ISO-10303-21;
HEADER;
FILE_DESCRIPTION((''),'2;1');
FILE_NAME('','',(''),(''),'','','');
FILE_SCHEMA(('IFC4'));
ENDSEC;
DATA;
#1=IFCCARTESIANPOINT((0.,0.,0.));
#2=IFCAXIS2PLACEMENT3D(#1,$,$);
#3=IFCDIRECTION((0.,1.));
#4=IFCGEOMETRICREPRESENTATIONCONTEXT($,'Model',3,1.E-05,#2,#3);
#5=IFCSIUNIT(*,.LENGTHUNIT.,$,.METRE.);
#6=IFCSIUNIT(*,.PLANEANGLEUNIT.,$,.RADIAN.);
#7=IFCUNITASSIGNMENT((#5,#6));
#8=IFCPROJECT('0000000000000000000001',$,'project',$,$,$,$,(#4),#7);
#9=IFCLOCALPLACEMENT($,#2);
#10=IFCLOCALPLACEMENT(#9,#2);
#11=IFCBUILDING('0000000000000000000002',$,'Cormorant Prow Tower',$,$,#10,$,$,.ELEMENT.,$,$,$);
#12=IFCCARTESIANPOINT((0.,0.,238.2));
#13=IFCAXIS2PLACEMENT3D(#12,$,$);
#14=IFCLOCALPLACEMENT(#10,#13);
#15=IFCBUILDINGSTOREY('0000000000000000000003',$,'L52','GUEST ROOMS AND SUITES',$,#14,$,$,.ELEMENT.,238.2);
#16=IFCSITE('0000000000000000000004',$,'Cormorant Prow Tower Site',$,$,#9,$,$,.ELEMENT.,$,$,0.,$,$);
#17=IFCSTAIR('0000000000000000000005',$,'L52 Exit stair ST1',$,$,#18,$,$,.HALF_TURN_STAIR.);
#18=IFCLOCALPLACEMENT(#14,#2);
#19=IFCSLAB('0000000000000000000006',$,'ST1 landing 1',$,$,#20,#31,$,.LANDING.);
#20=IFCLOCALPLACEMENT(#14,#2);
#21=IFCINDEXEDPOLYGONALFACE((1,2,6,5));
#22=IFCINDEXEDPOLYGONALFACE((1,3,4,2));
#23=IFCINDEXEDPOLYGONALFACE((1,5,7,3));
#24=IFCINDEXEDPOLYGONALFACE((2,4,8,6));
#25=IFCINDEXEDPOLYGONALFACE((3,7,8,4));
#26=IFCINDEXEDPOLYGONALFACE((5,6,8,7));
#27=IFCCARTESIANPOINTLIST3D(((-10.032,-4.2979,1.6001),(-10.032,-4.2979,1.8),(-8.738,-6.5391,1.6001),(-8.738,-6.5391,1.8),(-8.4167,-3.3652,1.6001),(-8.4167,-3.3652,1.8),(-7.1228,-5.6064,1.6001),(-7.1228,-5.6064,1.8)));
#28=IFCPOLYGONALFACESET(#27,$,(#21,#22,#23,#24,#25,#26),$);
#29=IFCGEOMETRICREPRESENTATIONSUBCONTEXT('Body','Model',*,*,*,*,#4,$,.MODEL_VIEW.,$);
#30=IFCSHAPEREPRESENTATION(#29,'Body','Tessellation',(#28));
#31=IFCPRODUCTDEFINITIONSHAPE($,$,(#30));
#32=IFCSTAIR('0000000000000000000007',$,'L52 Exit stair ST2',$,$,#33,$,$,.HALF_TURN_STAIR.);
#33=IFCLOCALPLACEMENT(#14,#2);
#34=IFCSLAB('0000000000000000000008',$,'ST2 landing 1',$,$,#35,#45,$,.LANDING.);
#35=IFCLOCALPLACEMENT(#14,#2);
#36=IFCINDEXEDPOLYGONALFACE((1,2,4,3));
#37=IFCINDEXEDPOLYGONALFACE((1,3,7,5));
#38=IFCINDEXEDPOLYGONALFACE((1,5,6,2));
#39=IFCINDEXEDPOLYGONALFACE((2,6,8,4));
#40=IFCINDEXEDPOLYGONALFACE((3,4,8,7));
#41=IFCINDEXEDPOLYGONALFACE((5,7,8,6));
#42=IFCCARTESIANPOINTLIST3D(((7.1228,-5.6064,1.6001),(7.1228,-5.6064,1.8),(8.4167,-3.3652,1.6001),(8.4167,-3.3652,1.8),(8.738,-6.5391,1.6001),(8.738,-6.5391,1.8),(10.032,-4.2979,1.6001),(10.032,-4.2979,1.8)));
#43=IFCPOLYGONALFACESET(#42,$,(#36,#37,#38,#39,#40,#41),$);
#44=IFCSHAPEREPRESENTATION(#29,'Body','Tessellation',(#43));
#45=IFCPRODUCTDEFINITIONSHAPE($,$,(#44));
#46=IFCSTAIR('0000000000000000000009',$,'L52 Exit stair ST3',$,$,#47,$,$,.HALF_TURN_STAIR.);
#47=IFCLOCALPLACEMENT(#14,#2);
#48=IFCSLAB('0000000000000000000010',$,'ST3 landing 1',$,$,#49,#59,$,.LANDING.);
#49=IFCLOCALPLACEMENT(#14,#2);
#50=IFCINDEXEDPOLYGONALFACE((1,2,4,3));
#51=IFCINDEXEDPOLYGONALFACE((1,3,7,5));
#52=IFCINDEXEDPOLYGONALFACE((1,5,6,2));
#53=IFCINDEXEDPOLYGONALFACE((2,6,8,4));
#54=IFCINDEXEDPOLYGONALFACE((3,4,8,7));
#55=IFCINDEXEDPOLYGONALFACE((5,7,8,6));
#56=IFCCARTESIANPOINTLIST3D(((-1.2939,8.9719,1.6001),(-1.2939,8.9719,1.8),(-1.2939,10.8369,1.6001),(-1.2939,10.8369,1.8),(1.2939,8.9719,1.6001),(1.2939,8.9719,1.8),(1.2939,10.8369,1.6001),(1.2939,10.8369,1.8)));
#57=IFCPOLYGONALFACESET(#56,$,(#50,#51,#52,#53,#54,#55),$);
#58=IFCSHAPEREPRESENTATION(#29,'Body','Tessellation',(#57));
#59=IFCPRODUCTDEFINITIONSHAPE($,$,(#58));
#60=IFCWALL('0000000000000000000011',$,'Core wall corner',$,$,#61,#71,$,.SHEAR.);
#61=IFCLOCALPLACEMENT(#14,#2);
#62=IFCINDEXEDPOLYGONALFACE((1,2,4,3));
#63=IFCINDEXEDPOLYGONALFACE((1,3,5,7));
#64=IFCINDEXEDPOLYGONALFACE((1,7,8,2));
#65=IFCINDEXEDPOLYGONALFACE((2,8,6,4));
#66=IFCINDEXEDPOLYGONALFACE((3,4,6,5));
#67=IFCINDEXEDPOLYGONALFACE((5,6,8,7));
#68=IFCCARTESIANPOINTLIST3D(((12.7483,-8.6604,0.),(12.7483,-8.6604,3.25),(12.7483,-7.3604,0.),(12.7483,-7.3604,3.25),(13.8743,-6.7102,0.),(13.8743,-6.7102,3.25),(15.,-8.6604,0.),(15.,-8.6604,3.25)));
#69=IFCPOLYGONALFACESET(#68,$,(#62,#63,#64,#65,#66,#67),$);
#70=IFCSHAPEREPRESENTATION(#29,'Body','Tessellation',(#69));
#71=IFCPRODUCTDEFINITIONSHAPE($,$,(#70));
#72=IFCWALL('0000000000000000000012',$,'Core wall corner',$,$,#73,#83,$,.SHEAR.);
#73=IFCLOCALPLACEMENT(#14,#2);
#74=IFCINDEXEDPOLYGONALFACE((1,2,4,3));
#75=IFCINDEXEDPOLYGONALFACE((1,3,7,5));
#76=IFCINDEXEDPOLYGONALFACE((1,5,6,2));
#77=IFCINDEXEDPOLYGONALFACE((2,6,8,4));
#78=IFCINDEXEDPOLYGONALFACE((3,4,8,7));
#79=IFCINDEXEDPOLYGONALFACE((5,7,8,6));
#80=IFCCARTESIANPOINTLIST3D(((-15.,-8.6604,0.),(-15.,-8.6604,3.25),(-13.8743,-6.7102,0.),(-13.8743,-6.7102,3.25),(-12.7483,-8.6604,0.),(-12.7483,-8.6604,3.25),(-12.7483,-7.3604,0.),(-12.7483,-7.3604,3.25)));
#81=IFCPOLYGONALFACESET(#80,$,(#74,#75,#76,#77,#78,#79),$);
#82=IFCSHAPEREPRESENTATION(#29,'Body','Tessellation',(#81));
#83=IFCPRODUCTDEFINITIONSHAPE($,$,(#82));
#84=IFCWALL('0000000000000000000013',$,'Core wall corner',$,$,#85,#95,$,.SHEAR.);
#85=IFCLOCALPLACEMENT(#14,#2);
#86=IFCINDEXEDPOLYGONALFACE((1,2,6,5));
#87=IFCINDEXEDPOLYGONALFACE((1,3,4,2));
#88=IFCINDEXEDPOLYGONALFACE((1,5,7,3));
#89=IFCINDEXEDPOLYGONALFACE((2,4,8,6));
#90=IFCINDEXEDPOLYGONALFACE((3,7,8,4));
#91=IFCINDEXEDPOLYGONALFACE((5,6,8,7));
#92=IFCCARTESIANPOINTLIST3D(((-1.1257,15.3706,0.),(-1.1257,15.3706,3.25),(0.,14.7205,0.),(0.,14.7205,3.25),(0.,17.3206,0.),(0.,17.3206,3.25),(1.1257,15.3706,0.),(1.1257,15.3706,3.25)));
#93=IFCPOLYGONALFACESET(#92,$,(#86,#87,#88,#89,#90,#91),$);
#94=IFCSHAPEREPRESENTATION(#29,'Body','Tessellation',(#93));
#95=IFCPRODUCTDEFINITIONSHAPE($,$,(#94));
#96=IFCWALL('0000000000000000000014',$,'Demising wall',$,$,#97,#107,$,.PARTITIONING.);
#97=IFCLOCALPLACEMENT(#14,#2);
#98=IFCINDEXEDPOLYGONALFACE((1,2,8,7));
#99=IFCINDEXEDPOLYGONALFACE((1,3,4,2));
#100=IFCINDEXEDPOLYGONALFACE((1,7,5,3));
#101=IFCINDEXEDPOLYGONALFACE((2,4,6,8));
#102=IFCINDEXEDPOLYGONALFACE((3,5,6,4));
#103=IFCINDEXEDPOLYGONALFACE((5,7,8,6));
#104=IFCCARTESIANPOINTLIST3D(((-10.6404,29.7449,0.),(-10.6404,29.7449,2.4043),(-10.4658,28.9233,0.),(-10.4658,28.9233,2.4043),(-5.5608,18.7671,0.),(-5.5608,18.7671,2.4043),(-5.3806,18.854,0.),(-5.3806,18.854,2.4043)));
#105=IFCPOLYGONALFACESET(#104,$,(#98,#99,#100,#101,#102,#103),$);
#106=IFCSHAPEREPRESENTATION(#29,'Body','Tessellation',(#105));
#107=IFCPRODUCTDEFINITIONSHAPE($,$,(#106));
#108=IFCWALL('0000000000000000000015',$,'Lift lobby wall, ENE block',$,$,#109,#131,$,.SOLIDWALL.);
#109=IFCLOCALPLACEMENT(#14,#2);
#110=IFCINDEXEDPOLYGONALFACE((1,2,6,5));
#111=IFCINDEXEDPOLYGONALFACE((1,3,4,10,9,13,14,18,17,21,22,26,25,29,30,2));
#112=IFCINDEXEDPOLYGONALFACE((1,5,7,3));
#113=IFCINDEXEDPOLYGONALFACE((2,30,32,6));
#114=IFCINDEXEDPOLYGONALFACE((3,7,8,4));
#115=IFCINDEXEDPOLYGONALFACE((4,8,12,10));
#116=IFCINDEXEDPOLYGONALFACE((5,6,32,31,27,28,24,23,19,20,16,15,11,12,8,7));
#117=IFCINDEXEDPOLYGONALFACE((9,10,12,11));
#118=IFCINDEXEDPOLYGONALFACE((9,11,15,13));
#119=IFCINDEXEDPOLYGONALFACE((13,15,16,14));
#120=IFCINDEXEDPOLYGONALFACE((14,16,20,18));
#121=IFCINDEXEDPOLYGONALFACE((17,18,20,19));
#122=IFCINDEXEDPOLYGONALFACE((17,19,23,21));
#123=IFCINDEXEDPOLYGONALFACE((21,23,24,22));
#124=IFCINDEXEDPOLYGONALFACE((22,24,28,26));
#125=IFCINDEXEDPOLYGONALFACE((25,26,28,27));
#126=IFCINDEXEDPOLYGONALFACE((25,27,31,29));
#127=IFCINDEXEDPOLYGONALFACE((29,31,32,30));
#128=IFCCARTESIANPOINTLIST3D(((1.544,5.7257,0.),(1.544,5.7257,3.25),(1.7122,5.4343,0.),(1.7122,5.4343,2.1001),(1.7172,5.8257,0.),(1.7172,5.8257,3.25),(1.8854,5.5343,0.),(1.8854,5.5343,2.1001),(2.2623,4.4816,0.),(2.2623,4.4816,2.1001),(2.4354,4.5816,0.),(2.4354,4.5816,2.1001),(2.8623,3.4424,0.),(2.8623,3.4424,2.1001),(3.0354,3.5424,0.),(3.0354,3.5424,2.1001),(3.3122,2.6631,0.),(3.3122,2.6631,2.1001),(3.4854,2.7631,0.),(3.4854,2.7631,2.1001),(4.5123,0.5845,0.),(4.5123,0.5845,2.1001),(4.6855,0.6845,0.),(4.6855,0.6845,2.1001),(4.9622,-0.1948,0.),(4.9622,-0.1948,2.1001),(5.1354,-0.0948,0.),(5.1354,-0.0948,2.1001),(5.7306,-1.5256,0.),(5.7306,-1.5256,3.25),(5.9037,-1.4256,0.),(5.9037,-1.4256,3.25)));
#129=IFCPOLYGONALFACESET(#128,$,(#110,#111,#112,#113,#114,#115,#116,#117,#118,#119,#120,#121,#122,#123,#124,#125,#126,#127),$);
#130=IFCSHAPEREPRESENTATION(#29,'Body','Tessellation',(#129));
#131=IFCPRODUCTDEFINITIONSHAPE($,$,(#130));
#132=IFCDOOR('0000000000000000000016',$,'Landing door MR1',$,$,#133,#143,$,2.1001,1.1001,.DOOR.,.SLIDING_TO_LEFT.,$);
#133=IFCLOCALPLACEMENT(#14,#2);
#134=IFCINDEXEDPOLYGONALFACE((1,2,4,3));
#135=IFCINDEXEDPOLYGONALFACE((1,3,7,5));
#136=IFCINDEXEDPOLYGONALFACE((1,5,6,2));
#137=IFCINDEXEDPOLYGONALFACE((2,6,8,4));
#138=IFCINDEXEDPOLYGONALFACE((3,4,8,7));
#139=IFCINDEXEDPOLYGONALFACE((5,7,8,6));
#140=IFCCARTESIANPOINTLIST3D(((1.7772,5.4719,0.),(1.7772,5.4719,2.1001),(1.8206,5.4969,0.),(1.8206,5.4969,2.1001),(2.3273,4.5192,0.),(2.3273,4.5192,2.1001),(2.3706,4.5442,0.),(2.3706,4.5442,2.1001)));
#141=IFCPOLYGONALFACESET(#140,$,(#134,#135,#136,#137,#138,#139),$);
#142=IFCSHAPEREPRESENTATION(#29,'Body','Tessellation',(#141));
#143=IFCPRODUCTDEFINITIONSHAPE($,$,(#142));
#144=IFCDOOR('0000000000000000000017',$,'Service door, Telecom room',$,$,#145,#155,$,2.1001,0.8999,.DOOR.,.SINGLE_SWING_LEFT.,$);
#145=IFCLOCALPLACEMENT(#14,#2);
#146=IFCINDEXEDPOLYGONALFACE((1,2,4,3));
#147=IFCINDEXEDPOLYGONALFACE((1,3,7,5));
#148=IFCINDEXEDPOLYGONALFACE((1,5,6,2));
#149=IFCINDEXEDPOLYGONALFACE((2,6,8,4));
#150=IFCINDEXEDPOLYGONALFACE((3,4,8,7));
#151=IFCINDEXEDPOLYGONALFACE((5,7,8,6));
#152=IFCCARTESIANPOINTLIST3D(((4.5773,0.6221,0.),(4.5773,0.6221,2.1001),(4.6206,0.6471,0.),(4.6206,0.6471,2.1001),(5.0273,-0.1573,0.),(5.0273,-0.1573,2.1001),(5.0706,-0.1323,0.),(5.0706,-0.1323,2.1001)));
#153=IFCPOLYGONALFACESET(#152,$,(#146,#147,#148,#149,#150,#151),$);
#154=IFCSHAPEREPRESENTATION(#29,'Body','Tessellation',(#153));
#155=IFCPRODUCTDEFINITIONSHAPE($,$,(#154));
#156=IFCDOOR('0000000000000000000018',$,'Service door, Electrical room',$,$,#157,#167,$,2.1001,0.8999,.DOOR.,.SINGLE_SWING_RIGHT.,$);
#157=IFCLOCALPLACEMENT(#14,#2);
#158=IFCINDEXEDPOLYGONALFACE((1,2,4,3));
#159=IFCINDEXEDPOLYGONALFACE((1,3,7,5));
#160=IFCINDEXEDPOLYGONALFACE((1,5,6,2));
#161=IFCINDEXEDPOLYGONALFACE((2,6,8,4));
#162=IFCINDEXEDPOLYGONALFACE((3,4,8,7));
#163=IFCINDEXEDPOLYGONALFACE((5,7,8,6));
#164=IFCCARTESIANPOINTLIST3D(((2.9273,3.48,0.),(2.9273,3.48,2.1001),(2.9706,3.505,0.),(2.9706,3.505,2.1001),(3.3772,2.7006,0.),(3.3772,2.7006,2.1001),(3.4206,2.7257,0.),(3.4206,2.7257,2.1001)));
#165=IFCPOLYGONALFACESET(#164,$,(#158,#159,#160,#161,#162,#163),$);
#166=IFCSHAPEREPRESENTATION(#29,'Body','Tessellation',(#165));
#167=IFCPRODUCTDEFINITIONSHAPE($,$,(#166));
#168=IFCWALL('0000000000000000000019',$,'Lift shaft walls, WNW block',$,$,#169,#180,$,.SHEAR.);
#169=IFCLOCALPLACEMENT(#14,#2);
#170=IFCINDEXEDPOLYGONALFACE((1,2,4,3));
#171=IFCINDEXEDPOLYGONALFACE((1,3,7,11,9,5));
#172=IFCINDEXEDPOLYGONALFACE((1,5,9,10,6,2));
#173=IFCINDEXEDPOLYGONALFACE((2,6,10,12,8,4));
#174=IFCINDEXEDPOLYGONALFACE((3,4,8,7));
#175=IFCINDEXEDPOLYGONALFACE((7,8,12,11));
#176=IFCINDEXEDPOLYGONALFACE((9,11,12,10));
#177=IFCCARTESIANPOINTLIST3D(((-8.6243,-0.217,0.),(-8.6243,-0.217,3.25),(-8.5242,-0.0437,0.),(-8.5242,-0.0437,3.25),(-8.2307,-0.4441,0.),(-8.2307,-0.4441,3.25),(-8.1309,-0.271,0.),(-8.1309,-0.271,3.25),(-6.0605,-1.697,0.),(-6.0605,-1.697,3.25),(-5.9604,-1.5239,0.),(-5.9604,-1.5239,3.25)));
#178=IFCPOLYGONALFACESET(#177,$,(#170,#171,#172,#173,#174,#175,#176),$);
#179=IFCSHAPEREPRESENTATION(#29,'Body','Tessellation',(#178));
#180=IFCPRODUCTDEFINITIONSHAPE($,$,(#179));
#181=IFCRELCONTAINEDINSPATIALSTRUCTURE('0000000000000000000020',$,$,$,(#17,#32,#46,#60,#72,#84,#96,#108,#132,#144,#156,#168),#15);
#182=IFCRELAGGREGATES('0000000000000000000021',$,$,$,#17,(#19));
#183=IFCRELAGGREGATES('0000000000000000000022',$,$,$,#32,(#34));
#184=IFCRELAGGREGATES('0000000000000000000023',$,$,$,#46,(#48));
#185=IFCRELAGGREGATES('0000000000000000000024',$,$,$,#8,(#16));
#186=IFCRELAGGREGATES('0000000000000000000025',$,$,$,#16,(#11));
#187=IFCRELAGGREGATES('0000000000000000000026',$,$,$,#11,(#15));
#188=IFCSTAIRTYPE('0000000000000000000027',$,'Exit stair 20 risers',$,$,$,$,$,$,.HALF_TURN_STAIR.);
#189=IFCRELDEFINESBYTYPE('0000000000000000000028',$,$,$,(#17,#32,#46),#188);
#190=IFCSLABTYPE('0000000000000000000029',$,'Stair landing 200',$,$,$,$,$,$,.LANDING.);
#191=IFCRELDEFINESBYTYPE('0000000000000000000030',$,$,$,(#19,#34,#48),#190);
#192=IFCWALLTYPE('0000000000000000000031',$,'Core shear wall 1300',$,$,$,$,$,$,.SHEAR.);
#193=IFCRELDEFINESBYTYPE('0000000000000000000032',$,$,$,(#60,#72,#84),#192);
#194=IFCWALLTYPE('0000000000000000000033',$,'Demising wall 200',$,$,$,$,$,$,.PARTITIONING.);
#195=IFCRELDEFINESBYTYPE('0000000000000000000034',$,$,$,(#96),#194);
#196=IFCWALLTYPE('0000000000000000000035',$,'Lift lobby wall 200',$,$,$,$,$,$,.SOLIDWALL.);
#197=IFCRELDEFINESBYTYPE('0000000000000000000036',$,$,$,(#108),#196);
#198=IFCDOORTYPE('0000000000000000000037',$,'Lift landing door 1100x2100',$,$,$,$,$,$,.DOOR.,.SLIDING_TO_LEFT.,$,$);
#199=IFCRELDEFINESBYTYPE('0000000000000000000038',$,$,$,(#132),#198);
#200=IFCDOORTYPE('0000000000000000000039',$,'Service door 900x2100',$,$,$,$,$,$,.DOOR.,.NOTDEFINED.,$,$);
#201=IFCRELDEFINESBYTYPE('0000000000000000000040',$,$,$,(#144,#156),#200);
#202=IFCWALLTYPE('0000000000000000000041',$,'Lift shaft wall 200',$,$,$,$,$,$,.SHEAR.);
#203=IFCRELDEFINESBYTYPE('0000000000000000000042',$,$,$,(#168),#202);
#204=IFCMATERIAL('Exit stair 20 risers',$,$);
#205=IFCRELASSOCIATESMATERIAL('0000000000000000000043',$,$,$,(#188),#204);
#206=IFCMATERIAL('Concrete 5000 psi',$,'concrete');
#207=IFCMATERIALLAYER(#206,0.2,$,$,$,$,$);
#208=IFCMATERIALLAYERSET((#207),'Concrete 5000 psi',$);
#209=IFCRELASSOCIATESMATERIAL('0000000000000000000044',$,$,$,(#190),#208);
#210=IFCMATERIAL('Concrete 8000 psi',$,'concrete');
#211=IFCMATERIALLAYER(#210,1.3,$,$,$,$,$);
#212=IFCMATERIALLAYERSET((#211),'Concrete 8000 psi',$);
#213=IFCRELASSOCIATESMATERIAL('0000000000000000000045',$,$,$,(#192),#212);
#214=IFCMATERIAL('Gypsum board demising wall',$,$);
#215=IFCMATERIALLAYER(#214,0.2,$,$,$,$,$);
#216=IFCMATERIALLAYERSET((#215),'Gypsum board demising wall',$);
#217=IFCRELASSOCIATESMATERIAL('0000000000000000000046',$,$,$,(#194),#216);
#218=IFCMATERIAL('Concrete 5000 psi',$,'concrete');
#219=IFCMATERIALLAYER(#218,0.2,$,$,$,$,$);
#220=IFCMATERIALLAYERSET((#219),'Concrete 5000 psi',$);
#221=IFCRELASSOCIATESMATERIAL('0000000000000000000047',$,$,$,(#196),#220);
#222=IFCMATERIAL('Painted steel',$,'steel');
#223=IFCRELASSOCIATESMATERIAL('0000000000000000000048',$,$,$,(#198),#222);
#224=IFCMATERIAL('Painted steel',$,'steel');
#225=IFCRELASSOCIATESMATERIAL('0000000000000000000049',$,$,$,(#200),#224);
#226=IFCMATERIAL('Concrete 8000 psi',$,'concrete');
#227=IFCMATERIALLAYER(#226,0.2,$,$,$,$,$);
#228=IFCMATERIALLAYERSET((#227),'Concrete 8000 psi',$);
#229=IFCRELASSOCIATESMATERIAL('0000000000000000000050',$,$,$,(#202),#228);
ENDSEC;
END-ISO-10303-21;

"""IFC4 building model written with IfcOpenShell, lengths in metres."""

from ifc_helpers import new_model, si_unit, direction, frame, frame_2d, origin, place, context, subcontext, project, spatial, polyline, rectangle, outline, extrude, material, layer, layer_set, type_object, element, fill, aggregate, save


model = new_model("IFC4")

# Units and contexts
model_context = context("Model", 3, precision=1e-05, world=origin(), true_north=direction((0.0, 1.0)))
body_context = subcontext(model_context, "Body", "Model", "MODEL_VIEW")
ifc_project = project(units=[si_unit("LENGTHUNIT", "METRE"), si_unit("PLANEANGLEUNIT", "RADIAN")], contexts=[model_context])

# Site, building, storey
site_placement = place(None, origin())
site = spatial("IfcSite", under=ifc_project, at=site_placement, Name="Cormorant Prow Tower Site", CompositionType="ELEMENT", RefElevation=0.0)
building_placement = place(site_placement, origin())
building = spatial("IfcBuilding", under=site, at=building_placement, Name="Cormorant Prow Tower", CompositionType="ELEMENT")
storey_placement = place(building_placement, frame((0.0, 0.0, 238.2)))
storey = spatial("IfcBuildingStorey", under=building, at=storey_placement, Name="L52", Description="GUEST ROOMS AND SUITES", CompositionType="ELEMENT", Elevation=238.2)

# Stairs, slabs
ifc_material_1 = material(Name="Exit stair 20 risers")
stair_type = type_object("IfcStairType", Name="Exit stair 20 risers", PredefinedType="HALF_TURN_STAIR", material=ifc_material_1)
stair_1_placement = place(storey_placement, origin())
stair_1 = element("IfcStair", 1, at=stair_1_placement, inside=storey, type_object=stair_type, Name="L52 Exit stair ST1", PredefinedType="HALF_TURN_STAIR")
ifc_material_2 = material(Name="Concrete 5000 psi", Category="concrete")
ifc_layer_1 = layer(ifc_material_2, 0.2)
ifc_layer_set_1 = layer_set([ifc_layer_1], Name="Concrete 5000 psi")
slab_type = type_object("IfcSlabType", Name="Stair landing 200", PredefinedType="LANDING", material=ifc_layer_set_1)
slab_1_placement = place(storey_placement, frame((0.0, 0.0, 1.6001)))
slab_1 = element("IfcSlab", 2, at=slab_1_placement, type_object=slab_type, Name="ST1 landing 1", PredefinedType="LANDING", context=body_context, shape_type="SweptSolid", body=[
    extrude(outline(polyline([(-8.4167, -3.3652), (-10.032, -4.2979), (-8.738, -6.5391), (-7.1228, -5.6064), (-8.4167, -3.3652)])), origin(), (0.0, 0.0, 1.0), 0.2),
])
aggregate(stair_1, [slab_1])
stair_2_placement = place(storey_placement, origin())
stair_2 = element("IfcStair", 3, at=stair_2_placement, inside=storey, type_object=stair_type, Name="L52 Exit stair ST2", PredefinedType="HALF_TURN_STAIR")
slab_2_placement = place(storey_placement, frame((0.0, 0.0, 1.6001)))
slab_2 = element("IfcSlab", 4, at=slab_2_placement, type_object=slab_type, Name="ST2 landing 1", PredefinedType="LANDING", context=body_context, shape_type="SweptSolid", body=[
    extrude(outline(polyline([(7.1228, -5.6064), (8.738, -6.5391), (10.032, -4.2979), (8.4167, -3.3652), (7.1228, -5.6064)])), origin(), (0.0, 0.0, 1.0), 0.2),
])
aggregate(stair_2, [slab_2])
stair_3_placement = place(storey_placement, origin())
stair_3 = element("IfcStair", 5, at=stair_3_placement, inside=storey, type_object=stair_type, Name="L52 Exit stair ST3", PredefinedType="HALF_TURN_STAIR")
slab_3_placement = place(storey_placement, frame((0.0, 0.0, 1.6001)))
slab_3 = element("IfcSlab", 6, at=slab_3_placement, type_object=slab_type, Name="ST3 landing 1", PredefinedType="LANDING", context=body_context, shape_type="SweptSolid", body=[
    extrude(outline(polyline([(1.2939, 8.9719), (1.2939, 10.8369), (-1.2939, 10.8369), (-1.2939, 8.9719), (1.2939, 8.9719)])), origin(), (0.0, 0.0, 1.0), 0.2),
])

# Walls
ifc_material_3 = material(Name="Concrete 8000 psi", Category="concrete")
ifc_layer_2 = layer(ifc_material_3, 1.3)
ifc_layer_set_2 = layer_set([ifc_layer_2], Name="Concrete 8000 psi")
wall_type_1 = type_object("IfcWallType", Name="Core shear wall 1300", PredefinedType="SHEAR", material=ifc_layer_set_2)
wall_1_placement = place(storey_placement, origin())
element("IfcWall", 7, at=wall_1_placement, inside=storey, type_object=wall_type_1, Name="Core wall corner", PredefinedType="SHEAR", context=body_context, shape_type="SweptSolid", body=[
    extrude(outline(polyline([(12.7483, -8.6604), (12.7483, -7.3604), (13.8743, -6.7102), (15.0, -8.6604), (12.7483, -8.6604)])), origin(), (0.0, 0.0, 1.0), 3.25),
])
wall_2_placement = place(storey_placement, origin())
element("IfcWall", 8, at=wall_2_placement, inside=storey, type_object=wall_type_1, Name="Core wall corner", PredefinedType="SHEAR", context=body_context, shape_type="SweptSolid", body=[
    extrude(outline(polyline([(-13.8743, -6.7102), (-12.7483, -7.3604), (-12.7483, -8.6604), (-15.0, -8.6604), (-13.8743, -6.7102)])), origin(), (0.0, 0.0, 1.0), 3.25),
])
wall_3_placement = place(storey_placement, origin())
element("IfcWall", 9, at=wall_3_placement, inside=storey, type_object=wall_type_1, Name="Core wall corner", PredefinedType="SHEAR", context=body_context, shape_type="SweptSolid", body=[
    extrude(outline(polyline([(-1.1257, 15.3706), (0.0, 17.3206), (1.1257, 15.3706), (0.0, 14.7205), (-1.1257, 15.3706)])), origin(), (0.0, 0.0, 1.0), 3.25),
])
ifc_material_4 = material(Name="Gypsum board demising wall")
ifc_layer_3 = layer(ifc_material_4, 0.2)
ifc_layer_set_3 = layer_set([ifc_layer_3], Name="Gypsum board demising wall")
wall_type_2 = type_object("IfcWallType", Name="Demising wall 200", PredefinedType="PARTITIONING", material=ifc_layer_set_3)
wall_4_placement = place(storey_placement, origin())
element("IfcWall", 10, at=wall_4_placement, inside=storey, type_object=wall_type_2, Name="Demising wall", PredefinedType="PARTITIONING", context=body_context, shape_type="SweptSolid", body=[
    extrude(outline(polyline([(-5.5608, 18.7671), (-10.4658, 28.9233), (-10.6404, 29.7449), (-5.3806, 18.854), (-5.5608, 18.7671)])), origin(), (0.0, 0.0, 1.0), 2.4043),
])

# Wall, openings, doors
ifc_material_5 = material(Name="Concrete 5000 psi", Category="concrete")
ifc_layer_4 = layer(ifc_material_5, 0.2)
ifc_layer_set_4 = layer_set([ifc_layer_4], Name="Concrete 5000 psi")
wall_type_3 = type_object("IfcWallType", Name="Lift lobby wall 200", PredefinedType="SOLIDWALL", material=ifc_layer_set_4)
wall_5_placement = place(storey_placement, frame((5.8171, -1.4756, 0.0), z_axis=(0.0, 0.0, 1.0), x_axis=(-0.500003, 0.866024, 0.0)))
wall_5 = element("IfcWall", 11, at=wall_5_placement, inside=storey, type_object=wall_type_3, Name="Lift lobby wall, ENE block", PredefinedType="SOLIDWALL", context=body_context, shape_type="SweptSolid", body=[
    extrude(rectangle(XDim=8.373, YDim=0.2, at=frame_2d((4.1865, 0.0))), origin(), (0.0, 0.0, 1.0), 3.25),
])
opening_1_placement = place(wall_5_placement, frame((1.5366, 0.0, 0.0)))
opening_1 = element("IfcOpeningElement", 12, at=opening_1_placement, cuts=wall_5, PredefinedType="OPENING", context=body_context, shape_type="SweptSolid", body=[
    extrude(rectangle(XDim=0.8999, YDim=2.1001, at=frame_2d((0.45, 1.05))), frame((0.0, 0.1099, 0.0), z_axis=(0.0, -1.0, 0.0), x_axis=(1.0, 0.0, 0.0)), (0.0, 0.0, 1.0), 0.22),
])
opening_2_placement = place(wall_5_placement, frame((4.8367, 0.0, 0.0)))
opening_2 = element("IfcOpeningElement", 13, at=opening_2_placement, cuts=wall_5, PredefinedType="OPENING", context=body_context, shape_type="SweptSolid", body=[
    extrude(rectangle(XDim=0.8999, YDim=2.1001, at=frame_2d((0.45, 1.05))), frame((0.0, 0.1099, 0.0), z_axis=(0.0, -1.0, 0.0), x_axis=(1.0, 0.0, 0.0)), (0.0, 0.0, 1.0), 0.22),
])
opening_3_placement = place(wall_5_placement, frame((6.9365, 0.0, 0.0)))
opening_3 = element("IfcOpeningElement", 14, at=opening_3_placement, cuts=wall_5, PredefinedType="OPENING", context=body_context, shape_type="SweptSolid", body=[
    extrude(rectangle(XDim=1.1001, YDim=2.1001, at=frame_2d((0.55, 1.05))), frame((0.0, 0.1099, 0.0), z_axis=(0.0, -1.0, 0.0), x_axis=(1.0, 0.0, 0.0)), (0.0, 0.0, 1.0), 0.22),
])
ifc_material_6 = material(Name="Painted steel", Category="steel")
door_type_1 = type_object("IfcDoorType", Name="Lift landing door 1100x2100", OperationType="SLIDING_TO_LEFT", PredefinedType="DOOR", material=ifc_material_6)
door_1_placement = place(opening_3_placement, origin())
door_1 = element("IfcDoor", 15, at=door_1_placement, inside=storey, type_object=door_type_1, Name="Landing door MR1", OperationType="SLIDING_TO_LEFT", OverallHeight=2.1001, OverallWidth=1.1001, PredefinedType="DOOR", context=body_context, shape_type="SweptSolid", body=[
    extrude(rectangle(XDim=1.1001, YDim=2.1001, at=frame_2d((0.55, 1.05))), frame((0.0, 0.0249, 0.0), z_axis=(0.0, -1.0, 0.0), x_axis=(1.0, 0.0, 0.0)), (0.0, 0.0, 1.0), 0.05),
])
fill(opening_3, door_1)
ifc_material_7 = material(Name="Painted steel", Category="steel")
door_type_2 = type_object("IfcDoorType", Name="Service door 900x2100", OperationType="NOTDEFINED", PredefinedType="DOOR", material=ifc_material_7)
door_2_placement = place(opening_1_placement, origin())
door_2 = element("IfcDoor", 16, at=door_2_placement, inside=storey, type_object=door_type_2, Name="Service door, Telecom room", OperationType="SINGLE_SWING_LEFT", OverallHeight=2.1001, OverallWidth=0.8999, PredefinedType="DOOR", context=body_context, shape_type="SweptSolid", body=[
    extrude(rectangle(XDim=0.8999, YDim=2.1001, at=frame_2d((0.45, 1.05))), frame((0.0, 0.0249, 0.0), z_axis=(0.0, -1.0, 0.0), x_axis=(1.0, 0.0, 0.0)), (0.0, 0.0, 1.0), 0.05),
])
fill(opening_1, door_2)
door_3_placement = place(opening_2_placement, origin())
door_3 = element("IfcDoor", 17, at=door_3_placement, inside=storey, type_object=door_type_2, Name="Service door, Electrical room", OperationType="SINGLE_SWING_RIGHT", OverallHeight=2.1001, OverallWidth=0.8999, PredefinedType="DOOR", context=body_context, shape_type="SweptSolid", body=[
    extrude(rectangle(XDim=0.8999, YDim=2.1001, at=frame_2d((0.45, 1.05))), frame((0.0, 0.0249, 0.0), z_axis=(0.0, -1.0, 0.0), x_axis=(1.0, 0.0, 0.0)), (0.0, 0.0, 1.0), 0.05),
])
fill(opening_2, door_3)

# Wall
ifc_material_8 = material(Name="Concrete 8000 psi", Category="concrete")
ifc_layer_5 = layer(ifc_material_8, 0.2)
ifc_layer_set_5 = layer_set([ifc_layer_5], Name="Concrete 8000 psi")
wall_type_4 = type_object("IfcWallType", Name="Lift shaft wall 200", PredefinedType="SHEAR", material=ifc_layer_set_5)
wall_6_placement = place(storey_placement, origin())
element("IfcWall", 18, at=wall_6_placement, inside=storey, type_object=wall_type_4, Name="Lift shaft walls, WNW block", PredefinedType="SHEAR", context=body_context, shape_type="SweptSolid", body=[
    extrude(outline(polyline([(-8.5242, -0.0437), (-8.1309, -0.271), (-5.9604, -1.5239), (-6.0605, -1.697), (-8.2307, -0.4441), (-8.6243, -0.217), (-8.5242, -0.0437)])), origin(), (0.0, 0.0, 1.0), 3.25),
])

aggregate(stair_3, [slab_3])

save(model, "model.ifc")
